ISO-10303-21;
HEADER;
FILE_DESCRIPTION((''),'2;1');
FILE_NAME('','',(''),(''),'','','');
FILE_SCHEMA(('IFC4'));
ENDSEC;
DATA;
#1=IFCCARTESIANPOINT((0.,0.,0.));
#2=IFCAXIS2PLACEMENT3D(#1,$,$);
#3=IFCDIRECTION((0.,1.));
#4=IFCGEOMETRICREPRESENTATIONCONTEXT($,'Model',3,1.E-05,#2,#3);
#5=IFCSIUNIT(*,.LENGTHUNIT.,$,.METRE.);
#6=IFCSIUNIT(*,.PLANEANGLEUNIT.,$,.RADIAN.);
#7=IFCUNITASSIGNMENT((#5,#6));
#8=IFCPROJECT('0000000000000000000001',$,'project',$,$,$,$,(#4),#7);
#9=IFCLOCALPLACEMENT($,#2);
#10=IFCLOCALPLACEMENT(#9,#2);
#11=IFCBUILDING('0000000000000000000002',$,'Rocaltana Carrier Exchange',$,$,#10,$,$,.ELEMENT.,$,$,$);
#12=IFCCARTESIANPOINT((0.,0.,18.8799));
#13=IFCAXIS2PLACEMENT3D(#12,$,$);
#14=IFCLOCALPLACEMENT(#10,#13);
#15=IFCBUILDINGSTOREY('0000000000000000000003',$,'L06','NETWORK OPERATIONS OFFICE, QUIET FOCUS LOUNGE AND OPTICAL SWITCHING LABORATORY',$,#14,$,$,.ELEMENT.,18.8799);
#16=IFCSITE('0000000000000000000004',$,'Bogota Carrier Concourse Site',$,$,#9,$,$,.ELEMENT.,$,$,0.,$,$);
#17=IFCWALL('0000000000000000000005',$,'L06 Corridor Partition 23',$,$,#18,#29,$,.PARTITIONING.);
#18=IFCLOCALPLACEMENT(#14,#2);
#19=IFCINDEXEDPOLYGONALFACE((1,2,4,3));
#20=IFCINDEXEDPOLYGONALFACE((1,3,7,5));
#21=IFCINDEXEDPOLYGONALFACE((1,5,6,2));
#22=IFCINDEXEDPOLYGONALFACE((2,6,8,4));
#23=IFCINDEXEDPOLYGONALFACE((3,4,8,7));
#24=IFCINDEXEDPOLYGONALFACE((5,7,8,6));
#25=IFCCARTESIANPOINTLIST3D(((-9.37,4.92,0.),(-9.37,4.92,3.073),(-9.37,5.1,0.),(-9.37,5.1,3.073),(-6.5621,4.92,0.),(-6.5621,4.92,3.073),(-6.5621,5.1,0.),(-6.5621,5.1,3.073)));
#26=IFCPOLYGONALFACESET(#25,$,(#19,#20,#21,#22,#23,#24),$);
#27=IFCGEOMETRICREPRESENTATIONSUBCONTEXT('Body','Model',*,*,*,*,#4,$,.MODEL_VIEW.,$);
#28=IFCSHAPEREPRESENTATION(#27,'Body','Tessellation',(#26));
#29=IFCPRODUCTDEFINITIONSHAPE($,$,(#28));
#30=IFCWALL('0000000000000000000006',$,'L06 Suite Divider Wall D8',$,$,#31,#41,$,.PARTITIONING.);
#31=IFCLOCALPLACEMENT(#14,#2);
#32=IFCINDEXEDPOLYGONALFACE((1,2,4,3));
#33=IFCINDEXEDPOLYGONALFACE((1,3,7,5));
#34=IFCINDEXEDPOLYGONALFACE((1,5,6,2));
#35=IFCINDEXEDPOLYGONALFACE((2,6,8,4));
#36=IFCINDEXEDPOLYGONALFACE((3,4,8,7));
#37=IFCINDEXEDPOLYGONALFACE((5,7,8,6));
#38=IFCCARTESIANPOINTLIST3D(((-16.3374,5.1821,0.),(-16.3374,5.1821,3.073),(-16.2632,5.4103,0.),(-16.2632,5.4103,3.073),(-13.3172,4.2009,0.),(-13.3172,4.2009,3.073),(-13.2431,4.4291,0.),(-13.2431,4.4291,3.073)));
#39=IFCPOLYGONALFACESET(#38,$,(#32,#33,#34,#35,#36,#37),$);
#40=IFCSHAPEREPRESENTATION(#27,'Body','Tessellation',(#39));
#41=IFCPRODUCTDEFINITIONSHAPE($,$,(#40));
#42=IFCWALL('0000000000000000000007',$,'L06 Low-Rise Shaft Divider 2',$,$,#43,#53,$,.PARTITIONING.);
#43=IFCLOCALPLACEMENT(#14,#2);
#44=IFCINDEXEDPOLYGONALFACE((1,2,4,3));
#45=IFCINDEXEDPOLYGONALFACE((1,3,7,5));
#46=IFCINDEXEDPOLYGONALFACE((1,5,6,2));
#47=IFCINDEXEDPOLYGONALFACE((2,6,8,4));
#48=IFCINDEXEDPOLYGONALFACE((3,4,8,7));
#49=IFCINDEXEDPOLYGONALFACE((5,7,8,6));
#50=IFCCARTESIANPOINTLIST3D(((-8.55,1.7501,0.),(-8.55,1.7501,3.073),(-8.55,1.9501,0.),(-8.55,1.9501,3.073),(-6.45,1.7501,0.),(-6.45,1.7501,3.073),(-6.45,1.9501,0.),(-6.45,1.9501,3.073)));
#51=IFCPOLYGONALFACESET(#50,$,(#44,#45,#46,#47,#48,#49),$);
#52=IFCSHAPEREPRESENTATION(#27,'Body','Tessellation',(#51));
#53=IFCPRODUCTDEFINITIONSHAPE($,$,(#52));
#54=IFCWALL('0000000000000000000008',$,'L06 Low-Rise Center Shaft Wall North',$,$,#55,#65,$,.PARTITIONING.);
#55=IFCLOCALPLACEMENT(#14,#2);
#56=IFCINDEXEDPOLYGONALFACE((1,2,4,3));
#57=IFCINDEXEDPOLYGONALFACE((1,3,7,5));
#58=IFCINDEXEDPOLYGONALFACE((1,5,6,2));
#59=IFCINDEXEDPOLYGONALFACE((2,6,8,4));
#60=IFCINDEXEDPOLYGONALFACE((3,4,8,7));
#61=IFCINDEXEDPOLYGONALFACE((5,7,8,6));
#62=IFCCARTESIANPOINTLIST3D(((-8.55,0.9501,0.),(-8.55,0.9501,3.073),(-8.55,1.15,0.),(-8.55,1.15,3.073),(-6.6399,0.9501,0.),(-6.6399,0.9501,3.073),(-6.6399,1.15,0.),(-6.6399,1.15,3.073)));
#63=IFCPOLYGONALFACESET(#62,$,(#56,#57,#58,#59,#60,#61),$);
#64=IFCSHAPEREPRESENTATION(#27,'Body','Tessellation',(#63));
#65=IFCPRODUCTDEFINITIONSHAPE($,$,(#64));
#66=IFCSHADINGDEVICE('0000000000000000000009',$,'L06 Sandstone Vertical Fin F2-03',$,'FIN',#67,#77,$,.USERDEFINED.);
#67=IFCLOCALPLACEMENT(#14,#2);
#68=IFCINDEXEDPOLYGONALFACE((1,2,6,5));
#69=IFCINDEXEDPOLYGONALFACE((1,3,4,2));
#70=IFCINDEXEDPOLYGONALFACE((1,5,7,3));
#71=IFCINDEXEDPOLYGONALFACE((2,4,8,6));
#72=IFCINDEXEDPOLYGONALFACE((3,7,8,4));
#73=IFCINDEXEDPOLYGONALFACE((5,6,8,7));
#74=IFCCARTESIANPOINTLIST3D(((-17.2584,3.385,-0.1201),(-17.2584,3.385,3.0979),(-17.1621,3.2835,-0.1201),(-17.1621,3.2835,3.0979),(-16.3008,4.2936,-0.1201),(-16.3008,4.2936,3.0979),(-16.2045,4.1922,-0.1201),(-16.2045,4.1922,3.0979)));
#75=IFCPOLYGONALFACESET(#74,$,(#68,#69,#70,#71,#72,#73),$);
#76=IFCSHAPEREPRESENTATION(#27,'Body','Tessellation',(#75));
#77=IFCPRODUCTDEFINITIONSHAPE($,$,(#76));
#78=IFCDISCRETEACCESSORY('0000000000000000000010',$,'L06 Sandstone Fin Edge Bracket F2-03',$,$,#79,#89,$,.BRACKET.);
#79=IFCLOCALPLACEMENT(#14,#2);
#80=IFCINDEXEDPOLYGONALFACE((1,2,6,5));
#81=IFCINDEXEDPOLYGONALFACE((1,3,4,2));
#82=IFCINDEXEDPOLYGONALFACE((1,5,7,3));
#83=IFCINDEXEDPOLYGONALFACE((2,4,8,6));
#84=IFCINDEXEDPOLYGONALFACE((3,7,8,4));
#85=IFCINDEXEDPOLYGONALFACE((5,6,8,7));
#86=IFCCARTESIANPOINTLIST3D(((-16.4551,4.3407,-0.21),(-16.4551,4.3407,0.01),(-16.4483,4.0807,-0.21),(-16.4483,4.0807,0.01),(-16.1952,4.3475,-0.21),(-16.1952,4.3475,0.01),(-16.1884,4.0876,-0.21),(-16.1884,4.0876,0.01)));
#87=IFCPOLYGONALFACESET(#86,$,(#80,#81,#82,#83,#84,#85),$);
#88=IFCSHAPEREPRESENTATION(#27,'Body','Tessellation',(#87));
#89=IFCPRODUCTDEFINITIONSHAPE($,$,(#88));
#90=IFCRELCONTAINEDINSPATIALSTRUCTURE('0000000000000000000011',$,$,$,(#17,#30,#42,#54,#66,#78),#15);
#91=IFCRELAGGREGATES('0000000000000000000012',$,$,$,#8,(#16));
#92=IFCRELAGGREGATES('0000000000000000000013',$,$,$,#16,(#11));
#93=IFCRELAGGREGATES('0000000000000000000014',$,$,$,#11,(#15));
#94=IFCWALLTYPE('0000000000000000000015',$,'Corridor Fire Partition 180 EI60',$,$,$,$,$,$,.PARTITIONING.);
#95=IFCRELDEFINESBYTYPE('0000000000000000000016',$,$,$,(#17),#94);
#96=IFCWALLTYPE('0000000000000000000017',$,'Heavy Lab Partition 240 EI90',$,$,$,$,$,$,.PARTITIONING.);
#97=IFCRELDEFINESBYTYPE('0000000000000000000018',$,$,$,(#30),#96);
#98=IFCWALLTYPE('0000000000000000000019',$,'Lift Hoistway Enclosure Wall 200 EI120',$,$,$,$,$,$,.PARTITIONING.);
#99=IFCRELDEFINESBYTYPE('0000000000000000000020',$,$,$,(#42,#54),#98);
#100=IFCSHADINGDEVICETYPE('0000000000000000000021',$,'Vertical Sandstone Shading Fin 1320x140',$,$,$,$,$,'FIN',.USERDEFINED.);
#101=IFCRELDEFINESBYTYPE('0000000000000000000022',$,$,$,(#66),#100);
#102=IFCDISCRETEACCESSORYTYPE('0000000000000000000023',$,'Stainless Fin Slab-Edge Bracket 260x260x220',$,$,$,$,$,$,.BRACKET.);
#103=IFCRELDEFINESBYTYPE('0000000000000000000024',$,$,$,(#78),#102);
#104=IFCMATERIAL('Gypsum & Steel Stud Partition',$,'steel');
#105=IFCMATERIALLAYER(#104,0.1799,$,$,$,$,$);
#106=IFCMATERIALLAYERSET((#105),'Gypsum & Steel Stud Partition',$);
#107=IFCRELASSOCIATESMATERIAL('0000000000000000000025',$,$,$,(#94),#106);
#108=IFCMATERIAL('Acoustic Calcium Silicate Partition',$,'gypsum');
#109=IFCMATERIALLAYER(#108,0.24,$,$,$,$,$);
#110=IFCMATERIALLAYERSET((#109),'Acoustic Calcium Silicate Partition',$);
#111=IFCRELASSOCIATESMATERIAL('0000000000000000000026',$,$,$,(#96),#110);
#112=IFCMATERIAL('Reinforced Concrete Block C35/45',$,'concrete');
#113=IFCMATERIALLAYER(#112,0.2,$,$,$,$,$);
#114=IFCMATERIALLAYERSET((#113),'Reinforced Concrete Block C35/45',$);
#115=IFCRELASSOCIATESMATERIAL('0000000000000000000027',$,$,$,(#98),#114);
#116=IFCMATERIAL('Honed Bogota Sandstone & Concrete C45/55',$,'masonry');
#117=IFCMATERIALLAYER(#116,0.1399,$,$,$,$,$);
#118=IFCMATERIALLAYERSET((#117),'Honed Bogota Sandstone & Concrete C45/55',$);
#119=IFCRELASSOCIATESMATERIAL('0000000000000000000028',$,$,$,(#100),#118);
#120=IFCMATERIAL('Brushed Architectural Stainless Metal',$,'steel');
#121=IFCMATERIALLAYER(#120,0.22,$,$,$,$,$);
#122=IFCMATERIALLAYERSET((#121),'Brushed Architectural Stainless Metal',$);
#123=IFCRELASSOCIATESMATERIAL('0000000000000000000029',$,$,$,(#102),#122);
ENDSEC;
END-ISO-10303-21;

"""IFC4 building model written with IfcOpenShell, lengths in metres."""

from ifc_helpers import new_model, si_unit, direction, frame, frame_2d, origin, origin_2d, place, context, subcontext, project, spatial, rectangle, extrude, material, layer, layer_set, type_object, element, save


model = new_model("IFC4")

# Units and contexts
model_context = context("Model", 3, precision=1e-05, world=origin(), true_north=direction((0.0, 1.0)))
body_context = subcontext(model_context, "Body", "Model", "MODEL_VIEW")
ifc_project = project(units=[si_unit("LENGTHUNIT", "METRE"), si_unit("PLANEANGLEUNIT", "RADIAN")], contexts=[model_context])

# Site, building, storey
site_placement = place(None, origin())
site = spatial("IfcSite", under=ifc_project, at=site_placement, Name="Bogota Carrier Concourse Site", CompositionType="ELEMENT", RefElevation=0.0)
building_placement = place(site_placement, origin())
building = spatial("IfcBuilding", under=site, at=building_placement, Name="Rocaltana Carrier Exchange", CompositionType="ELEMENT")
storey_placement = place(building_placement, frame((0.0, 0.0, 18.8799)))
storey = spatial("IfcBuildingStorey", under=building, at=storey_placement, Name="L06", Description="NETWORK OPERATIONS OFFICE, QUIET FOCUS LOUNGE AND OPTICAL SWITCHING LABORATORY", CompositionType="ELEMENT", Elevation=18.8799)

# Shared definitions
ifc_material_1 = material(Name="Gypsum & Steel Stud Partition", Category="steel")
ifc_layer_1 = layer(ifc_material_1, 0.1799)
ifc_layer_set_1 = layer_set([ifc_layer_1], Name="Gypsum & Steel Stud Partition")
wall_type_1 = type_object("IfcWallType", Name="Corridor Fire Partition 180 EI60", PredefinedType="PARTITIONING", material=ifc_layer_set_1)

# Walls
wall_1_placement = place(storey_placement, frame((-6.5623, 5.01, 0.0), z_axis=(0.0, 0.0, 1.0), x_axis=(-1.0, 0.0, 0.0)))
element("IfcWall", 1, at=wall_1_placement, inside=storey, type_object=wall_type_1, Name="L06 Corridor Partition 23", PredefinedType="PARTITIONING", context=body_context, shape_type="SweptSolid", body=[
    extrude(rectangle(XDim=2.8079, YDim=0.1799, at=frame_2d((1.4038, 0.0))), origin(), (0.0, 0.0, 1.0), 3.073),
])
ifc_material_2 = material(Name="Acoustic Calcium Silicate Partition", Category="gypsum")
ifc_layer_2 = layer(ifc_material_2, 0.24)
ifc_layer_set_2 = layer_set([ifc_layer_2], Name="Acoustic Calcium Silicate Partition")
wall_type_2 = type_object("IfcWallType", Name="Heavy Lab Partition 240 EI90", PredefinedType="PARTITIONING", material=ifc_layer_set_2)
wall_2_placement = place(storey_placement, frame((-13.28, 4.3149, 0.0), z_axis=(0.0, 0.0, 1.0), x_axis=(-0.951062, 0.308999, 0.0)))
element("IfcWall", 2, at=wall_2_placement, inside=storey, type_object=wall_type_2, Name="L06 Suite Divider Wall D8", PredefinedType="PARTITIONING", context=body_context, shape_type="SweptSolid", body=[
    extrude(rectangle(XDim=3.1755, YDim=0.24, at=frame_2d((1.5879, 0.0))), origin(), (0.0, 0.0, 1.0), 3.073),
])
ifc_material_3 = material(Name="Reinforced Concrete Block C35/45", Category="concrete")
ifc_layer_3 = layer(ifc_material_3, 0.2)
ifc_layer_set_3 = layer_set([ifc_layer_3], Name="Reinforced Concrete Block C35/45")
wall_type_3 = type_object("IfcWallType", Name="Lift Hoistway Enclosure Wall 200 EI120", PredefinedType="PARTITIONING", material=ifc_layer_set_3)
wall_3_placement = place(storey_placement, frame((-8.55, 1.8501, 0.0), z_axis=(0.0, 0.0, 1.0), x_axis=(1.0, 0.0, 0.0)))
element("IfcWall", 3, at=wall_3_placement, inside=storey, type_object=wall_type_3, Name="L06 Low-Rise Shaft Divider 2", PredefinedType="PARTITIONING", context=body_context, shape_type="SweptSolid", body=[
    extrude(rectangle(XDim=2.1001, YDim=0.2, at=frame_2d((1.05, 0.0))), origin(), (0.0, 0.0, 1.0), 3.073),
])
wall_4_placement = place(storey_placement, frame((-8.55, 1.05, 0.0), z_axis=(0.0, 0.0, 1.0), x_axis=(1.0, 0.0, 0.0)))
element("IfcWall", 4, at=wall_4_placement, inside=storey, type_object=wall_type_3, Name="L06 Low-Rise Center Shaft Wall North", PredefinedType="PARTITIONING", context=body_context, shape_type="SweptSolid", body=[
    extrude(rectangle(XDim=1.9102, YDim=0.2, at=frame_2d((0.9551, 0.0))), origin(), (0.0, 0.0, 1.0), 3.073),
])

# Shading device
ifc_material_4 = material(Name="Honed Bogota Sandstone & Concrete C45/55", Category="masonry")
ifc_layer_4 = layer(ifc_material_4, 0.1399)
ifc_layer_set_4 = layer_set([ifc_layer_4], Name="Honed Bogota Sandstone & Concrete C45/55")
shading_device_type = type_object("IfcShadingDeviceType", Name="Vertical Sandstone Shading Fin 1320x140", ElementType="FIN", PredefinedType="USERDEFINED", material=ifc_layer_set_4)
shading_device_placement = place(storey_placement, frame((-16.7314, 3.7886, -0.1201), z_axis=(0.0, 0.0, 1.0), x_axis=(-0.725374, -0.688355, 0.0)))
element("IfcShadingDevice", 5, at=shading_device_placement, inside=storey, type_object=shading_device_type, Name="L06 Sandstone Vertical Fin F2-03", ObjectType="FIN", PredefinedType="USERDEFINED", context=body_context, shape_type="SweptSolid", body=[
    extrude(rectangle(XDim=1.3201, YDim=0.1399, at=origin_2d()), origin(), (0.0, 0.0, 1.0), 3.218),
])

# Discrete accessory
ifc_material_5 = material(Name="Brushed Architectural Stainless Metal", Category="steel")
ifc_layer_5 = layer(ifc_material_5, 0.22)
ifc_layer_set_5 = layer_set([ifc_layer_5], Name="Brushed Architectural Stainless Metal")
discrete_accessory_type = type_object("IfcDiscreteAccessoryType", Name="Stainless Fin Slab-Edge Bracket 260x260x220", PredefinedType="BRACKET", material=ifc_layer_set_5)
discrete_accessory_placement = place(storey_placement, frame((-16.3218, 4.2141, -0.21), z_axis=(0.0, 0.0, 1.0), x_axis=(0.026177, -0.999657, 0.0)))
element("IfcDiscreteAccessory", 6, at=discrete_accessory_placement, inside=storey, type_object=discrete_accessory_type, Name="L06 Sandstone Fin Edge Bracket F2-03", PredefinedType="BRACKET", context=body_context, shape_type="SweptSolid", body=[
    extrude(rectangle(XDim=0.26, YDim=0.26, at=origin_2d()), origin(), (0.0, 0.0, 1.0), 0.22),
])

save(model, "model.ifc")
